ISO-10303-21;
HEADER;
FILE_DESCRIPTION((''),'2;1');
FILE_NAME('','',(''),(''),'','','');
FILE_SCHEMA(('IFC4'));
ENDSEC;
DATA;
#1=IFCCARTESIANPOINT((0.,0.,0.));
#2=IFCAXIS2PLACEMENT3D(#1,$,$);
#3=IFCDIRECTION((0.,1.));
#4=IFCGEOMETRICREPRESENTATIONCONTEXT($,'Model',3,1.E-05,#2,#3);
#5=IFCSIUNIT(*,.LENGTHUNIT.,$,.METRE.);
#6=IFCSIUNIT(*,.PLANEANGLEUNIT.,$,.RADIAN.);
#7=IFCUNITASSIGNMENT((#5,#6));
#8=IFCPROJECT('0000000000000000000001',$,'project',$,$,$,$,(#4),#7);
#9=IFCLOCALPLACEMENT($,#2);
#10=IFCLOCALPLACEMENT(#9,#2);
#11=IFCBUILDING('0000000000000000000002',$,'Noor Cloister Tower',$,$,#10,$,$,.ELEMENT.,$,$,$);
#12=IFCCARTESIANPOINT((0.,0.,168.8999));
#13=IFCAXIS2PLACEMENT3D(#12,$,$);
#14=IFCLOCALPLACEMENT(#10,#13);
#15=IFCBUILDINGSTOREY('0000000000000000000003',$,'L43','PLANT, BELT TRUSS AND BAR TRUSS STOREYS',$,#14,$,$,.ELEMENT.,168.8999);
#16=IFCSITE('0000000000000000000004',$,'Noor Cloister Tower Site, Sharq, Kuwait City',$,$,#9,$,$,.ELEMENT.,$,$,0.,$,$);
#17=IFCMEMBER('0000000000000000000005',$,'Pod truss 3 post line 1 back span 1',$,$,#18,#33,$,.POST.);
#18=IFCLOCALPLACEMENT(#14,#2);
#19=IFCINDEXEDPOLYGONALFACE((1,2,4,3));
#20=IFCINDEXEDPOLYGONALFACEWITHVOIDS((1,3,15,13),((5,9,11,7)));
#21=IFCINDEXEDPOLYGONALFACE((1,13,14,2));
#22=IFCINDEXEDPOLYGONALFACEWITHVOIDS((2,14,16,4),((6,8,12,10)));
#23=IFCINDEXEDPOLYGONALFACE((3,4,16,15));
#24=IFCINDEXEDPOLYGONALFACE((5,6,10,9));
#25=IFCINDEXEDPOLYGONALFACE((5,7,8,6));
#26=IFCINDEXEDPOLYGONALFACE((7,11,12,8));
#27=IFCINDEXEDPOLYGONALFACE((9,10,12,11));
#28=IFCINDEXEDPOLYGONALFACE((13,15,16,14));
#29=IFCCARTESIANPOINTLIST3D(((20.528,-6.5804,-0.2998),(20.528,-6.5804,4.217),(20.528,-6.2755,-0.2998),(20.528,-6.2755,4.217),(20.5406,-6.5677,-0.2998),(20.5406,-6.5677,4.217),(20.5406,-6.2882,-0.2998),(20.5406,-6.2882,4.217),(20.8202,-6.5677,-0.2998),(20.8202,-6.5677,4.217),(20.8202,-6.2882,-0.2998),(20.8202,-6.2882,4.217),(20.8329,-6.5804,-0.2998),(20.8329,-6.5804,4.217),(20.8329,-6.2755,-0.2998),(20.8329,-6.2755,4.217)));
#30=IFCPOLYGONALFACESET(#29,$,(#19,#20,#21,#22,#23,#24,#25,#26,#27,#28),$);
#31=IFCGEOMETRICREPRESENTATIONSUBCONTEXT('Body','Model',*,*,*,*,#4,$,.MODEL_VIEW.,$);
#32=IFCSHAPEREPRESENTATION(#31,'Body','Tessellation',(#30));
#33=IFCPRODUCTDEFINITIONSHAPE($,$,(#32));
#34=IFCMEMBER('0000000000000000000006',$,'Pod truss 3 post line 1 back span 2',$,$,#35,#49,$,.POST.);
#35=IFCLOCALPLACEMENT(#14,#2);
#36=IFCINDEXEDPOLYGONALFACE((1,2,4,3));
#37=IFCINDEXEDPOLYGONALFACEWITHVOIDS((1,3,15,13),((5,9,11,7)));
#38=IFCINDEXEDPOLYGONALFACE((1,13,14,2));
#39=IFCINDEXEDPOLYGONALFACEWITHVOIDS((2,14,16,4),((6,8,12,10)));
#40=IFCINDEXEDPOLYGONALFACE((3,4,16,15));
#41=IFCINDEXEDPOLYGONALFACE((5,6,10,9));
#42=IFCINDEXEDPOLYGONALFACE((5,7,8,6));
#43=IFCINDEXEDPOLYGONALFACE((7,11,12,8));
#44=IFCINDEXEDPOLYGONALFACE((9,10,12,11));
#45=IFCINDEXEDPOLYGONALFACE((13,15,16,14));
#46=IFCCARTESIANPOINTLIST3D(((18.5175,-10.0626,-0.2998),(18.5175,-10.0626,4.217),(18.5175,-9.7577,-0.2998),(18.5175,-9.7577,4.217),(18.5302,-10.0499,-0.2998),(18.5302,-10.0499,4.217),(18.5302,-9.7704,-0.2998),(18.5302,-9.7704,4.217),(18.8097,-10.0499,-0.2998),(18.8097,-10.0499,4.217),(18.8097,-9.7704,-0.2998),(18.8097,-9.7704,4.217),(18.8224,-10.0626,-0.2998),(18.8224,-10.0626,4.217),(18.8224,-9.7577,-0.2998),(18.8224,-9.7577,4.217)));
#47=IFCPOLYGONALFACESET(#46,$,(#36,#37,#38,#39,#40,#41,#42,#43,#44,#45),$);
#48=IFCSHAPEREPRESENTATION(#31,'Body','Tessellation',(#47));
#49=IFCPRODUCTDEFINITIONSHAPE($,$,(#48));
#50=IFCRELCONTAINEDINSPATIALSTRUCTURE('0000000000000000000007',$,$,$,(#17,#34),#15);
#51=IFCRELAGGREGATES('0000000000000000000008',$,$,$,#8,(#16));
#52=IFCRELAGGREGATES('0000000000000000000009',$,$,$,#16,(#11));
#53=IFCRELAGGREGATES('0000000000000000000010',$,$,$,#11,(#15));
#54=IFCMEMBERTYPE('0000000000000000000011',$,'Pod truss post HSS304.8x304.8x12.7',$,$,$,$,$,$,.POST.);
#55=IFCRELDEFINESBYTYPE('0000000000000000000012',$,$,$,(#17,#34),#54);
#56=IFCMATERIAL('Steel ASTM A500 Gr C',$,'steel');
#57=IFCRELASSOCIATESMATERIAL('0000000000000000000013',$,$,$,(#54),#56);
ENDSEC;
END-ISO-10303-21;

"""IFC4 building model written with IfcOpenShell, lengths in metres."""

from ifc_helpers import new_model, si_unit, direction, frame, origin, origin_2d, place, context, subcontext, project, spatial, hollow_rectangle, extrude, material, material_profile, profile_set, type_object, element, save


model = new_model("IFC4")

# Units and contexts
model_context = context("Model", 3, precision=1e-05, world=origin(), true_north=direction((0.0, 1.0)))
body_context = subcontext(model_context, "Body", "Model", "MODEL_VIEW")
ifc_project = project(units=[si_unit("LENGTHUNIT", "METRE"), si_unit("PLANEANGLEUNIT", "RADIAN")], contexts=[model_context])

# Site, building, storey
site_placement = place(None, origin())
site = spatial("IfcSite", under=ifc_project, at=site_placement, Name="Noor Cloister Tower Site, Sharq, Kuwait City", CompositionType="ELEMENT", RefElevation=0.0)
building_placement = place(site_placement, origin())
building = spatial("IfcBuilding", under=site, at=building_placement, Name="Noor Cloister Tower", CompositionType="ELEMENT")
storey_placement = place(building_placement, frame((0.0, 0.0, 168.8999)))
storey = spatial("IfcBuildingStorey", under=building, at=storey_placement, Name="L43", Description="PLANT, BELT TRUSS AND BAR TRUSS STOREYS", CompositionType="ELEMENT", Elevation=168.8999)

# Members
ifc_material_1 = material(Name="Steel ASTM A500 Gr C", Category="steel")
ifc_material_profile_1 = material_profile(ifc_material_1, hollow_rectangle(XDim=0.3049, YDim=0.3049, WallThickness=0.0127, at=origin_2d()), Name="HSS304.8x304.8x12.7")
ifc_profile_set_1 = profile_set([ifc_material_profile_1], Name="Steel ASTM A500 Gr C")
member_type_1 = type_object("IfcMemberType", Name="Pod truss post HSS304.8x304.8x12.7", PredefinedType="POST", material=ifc_profile_set_1)
for number, where, z_axis, x_axis, name in (
    (1, (20.6804, -6.428, -0.2998), (0.0, 0.0, 1.0), (1.0, 0.0, 0.0), "Pod truss 3 post line 1 back span 1"),
    (2, (18.6699, -9.9102, -0.2998), (0.0, 0.0, 1.0), (1.0, 0.0, 0.0), "Pod truss 3 post line 1 back span 2"),
):
    element("IfcMember", number, at=place(storey_placement, frame(where, z_axis=z_axis, x_axis=x_axis)), inside=storey, type_object=member_type_1, Name=name, PredefinedType="POST", context=body_context, shape_type="SweptSolid", body=[
        extrude(hollow_rectangle(XDim=0.3049, YDim=0.3049, WallThickness=0.0127, at=origin_2d()), origin(), (0.0, 0.0, 1.0), 4.5168),
    ])

save(model, "model.ifc")
